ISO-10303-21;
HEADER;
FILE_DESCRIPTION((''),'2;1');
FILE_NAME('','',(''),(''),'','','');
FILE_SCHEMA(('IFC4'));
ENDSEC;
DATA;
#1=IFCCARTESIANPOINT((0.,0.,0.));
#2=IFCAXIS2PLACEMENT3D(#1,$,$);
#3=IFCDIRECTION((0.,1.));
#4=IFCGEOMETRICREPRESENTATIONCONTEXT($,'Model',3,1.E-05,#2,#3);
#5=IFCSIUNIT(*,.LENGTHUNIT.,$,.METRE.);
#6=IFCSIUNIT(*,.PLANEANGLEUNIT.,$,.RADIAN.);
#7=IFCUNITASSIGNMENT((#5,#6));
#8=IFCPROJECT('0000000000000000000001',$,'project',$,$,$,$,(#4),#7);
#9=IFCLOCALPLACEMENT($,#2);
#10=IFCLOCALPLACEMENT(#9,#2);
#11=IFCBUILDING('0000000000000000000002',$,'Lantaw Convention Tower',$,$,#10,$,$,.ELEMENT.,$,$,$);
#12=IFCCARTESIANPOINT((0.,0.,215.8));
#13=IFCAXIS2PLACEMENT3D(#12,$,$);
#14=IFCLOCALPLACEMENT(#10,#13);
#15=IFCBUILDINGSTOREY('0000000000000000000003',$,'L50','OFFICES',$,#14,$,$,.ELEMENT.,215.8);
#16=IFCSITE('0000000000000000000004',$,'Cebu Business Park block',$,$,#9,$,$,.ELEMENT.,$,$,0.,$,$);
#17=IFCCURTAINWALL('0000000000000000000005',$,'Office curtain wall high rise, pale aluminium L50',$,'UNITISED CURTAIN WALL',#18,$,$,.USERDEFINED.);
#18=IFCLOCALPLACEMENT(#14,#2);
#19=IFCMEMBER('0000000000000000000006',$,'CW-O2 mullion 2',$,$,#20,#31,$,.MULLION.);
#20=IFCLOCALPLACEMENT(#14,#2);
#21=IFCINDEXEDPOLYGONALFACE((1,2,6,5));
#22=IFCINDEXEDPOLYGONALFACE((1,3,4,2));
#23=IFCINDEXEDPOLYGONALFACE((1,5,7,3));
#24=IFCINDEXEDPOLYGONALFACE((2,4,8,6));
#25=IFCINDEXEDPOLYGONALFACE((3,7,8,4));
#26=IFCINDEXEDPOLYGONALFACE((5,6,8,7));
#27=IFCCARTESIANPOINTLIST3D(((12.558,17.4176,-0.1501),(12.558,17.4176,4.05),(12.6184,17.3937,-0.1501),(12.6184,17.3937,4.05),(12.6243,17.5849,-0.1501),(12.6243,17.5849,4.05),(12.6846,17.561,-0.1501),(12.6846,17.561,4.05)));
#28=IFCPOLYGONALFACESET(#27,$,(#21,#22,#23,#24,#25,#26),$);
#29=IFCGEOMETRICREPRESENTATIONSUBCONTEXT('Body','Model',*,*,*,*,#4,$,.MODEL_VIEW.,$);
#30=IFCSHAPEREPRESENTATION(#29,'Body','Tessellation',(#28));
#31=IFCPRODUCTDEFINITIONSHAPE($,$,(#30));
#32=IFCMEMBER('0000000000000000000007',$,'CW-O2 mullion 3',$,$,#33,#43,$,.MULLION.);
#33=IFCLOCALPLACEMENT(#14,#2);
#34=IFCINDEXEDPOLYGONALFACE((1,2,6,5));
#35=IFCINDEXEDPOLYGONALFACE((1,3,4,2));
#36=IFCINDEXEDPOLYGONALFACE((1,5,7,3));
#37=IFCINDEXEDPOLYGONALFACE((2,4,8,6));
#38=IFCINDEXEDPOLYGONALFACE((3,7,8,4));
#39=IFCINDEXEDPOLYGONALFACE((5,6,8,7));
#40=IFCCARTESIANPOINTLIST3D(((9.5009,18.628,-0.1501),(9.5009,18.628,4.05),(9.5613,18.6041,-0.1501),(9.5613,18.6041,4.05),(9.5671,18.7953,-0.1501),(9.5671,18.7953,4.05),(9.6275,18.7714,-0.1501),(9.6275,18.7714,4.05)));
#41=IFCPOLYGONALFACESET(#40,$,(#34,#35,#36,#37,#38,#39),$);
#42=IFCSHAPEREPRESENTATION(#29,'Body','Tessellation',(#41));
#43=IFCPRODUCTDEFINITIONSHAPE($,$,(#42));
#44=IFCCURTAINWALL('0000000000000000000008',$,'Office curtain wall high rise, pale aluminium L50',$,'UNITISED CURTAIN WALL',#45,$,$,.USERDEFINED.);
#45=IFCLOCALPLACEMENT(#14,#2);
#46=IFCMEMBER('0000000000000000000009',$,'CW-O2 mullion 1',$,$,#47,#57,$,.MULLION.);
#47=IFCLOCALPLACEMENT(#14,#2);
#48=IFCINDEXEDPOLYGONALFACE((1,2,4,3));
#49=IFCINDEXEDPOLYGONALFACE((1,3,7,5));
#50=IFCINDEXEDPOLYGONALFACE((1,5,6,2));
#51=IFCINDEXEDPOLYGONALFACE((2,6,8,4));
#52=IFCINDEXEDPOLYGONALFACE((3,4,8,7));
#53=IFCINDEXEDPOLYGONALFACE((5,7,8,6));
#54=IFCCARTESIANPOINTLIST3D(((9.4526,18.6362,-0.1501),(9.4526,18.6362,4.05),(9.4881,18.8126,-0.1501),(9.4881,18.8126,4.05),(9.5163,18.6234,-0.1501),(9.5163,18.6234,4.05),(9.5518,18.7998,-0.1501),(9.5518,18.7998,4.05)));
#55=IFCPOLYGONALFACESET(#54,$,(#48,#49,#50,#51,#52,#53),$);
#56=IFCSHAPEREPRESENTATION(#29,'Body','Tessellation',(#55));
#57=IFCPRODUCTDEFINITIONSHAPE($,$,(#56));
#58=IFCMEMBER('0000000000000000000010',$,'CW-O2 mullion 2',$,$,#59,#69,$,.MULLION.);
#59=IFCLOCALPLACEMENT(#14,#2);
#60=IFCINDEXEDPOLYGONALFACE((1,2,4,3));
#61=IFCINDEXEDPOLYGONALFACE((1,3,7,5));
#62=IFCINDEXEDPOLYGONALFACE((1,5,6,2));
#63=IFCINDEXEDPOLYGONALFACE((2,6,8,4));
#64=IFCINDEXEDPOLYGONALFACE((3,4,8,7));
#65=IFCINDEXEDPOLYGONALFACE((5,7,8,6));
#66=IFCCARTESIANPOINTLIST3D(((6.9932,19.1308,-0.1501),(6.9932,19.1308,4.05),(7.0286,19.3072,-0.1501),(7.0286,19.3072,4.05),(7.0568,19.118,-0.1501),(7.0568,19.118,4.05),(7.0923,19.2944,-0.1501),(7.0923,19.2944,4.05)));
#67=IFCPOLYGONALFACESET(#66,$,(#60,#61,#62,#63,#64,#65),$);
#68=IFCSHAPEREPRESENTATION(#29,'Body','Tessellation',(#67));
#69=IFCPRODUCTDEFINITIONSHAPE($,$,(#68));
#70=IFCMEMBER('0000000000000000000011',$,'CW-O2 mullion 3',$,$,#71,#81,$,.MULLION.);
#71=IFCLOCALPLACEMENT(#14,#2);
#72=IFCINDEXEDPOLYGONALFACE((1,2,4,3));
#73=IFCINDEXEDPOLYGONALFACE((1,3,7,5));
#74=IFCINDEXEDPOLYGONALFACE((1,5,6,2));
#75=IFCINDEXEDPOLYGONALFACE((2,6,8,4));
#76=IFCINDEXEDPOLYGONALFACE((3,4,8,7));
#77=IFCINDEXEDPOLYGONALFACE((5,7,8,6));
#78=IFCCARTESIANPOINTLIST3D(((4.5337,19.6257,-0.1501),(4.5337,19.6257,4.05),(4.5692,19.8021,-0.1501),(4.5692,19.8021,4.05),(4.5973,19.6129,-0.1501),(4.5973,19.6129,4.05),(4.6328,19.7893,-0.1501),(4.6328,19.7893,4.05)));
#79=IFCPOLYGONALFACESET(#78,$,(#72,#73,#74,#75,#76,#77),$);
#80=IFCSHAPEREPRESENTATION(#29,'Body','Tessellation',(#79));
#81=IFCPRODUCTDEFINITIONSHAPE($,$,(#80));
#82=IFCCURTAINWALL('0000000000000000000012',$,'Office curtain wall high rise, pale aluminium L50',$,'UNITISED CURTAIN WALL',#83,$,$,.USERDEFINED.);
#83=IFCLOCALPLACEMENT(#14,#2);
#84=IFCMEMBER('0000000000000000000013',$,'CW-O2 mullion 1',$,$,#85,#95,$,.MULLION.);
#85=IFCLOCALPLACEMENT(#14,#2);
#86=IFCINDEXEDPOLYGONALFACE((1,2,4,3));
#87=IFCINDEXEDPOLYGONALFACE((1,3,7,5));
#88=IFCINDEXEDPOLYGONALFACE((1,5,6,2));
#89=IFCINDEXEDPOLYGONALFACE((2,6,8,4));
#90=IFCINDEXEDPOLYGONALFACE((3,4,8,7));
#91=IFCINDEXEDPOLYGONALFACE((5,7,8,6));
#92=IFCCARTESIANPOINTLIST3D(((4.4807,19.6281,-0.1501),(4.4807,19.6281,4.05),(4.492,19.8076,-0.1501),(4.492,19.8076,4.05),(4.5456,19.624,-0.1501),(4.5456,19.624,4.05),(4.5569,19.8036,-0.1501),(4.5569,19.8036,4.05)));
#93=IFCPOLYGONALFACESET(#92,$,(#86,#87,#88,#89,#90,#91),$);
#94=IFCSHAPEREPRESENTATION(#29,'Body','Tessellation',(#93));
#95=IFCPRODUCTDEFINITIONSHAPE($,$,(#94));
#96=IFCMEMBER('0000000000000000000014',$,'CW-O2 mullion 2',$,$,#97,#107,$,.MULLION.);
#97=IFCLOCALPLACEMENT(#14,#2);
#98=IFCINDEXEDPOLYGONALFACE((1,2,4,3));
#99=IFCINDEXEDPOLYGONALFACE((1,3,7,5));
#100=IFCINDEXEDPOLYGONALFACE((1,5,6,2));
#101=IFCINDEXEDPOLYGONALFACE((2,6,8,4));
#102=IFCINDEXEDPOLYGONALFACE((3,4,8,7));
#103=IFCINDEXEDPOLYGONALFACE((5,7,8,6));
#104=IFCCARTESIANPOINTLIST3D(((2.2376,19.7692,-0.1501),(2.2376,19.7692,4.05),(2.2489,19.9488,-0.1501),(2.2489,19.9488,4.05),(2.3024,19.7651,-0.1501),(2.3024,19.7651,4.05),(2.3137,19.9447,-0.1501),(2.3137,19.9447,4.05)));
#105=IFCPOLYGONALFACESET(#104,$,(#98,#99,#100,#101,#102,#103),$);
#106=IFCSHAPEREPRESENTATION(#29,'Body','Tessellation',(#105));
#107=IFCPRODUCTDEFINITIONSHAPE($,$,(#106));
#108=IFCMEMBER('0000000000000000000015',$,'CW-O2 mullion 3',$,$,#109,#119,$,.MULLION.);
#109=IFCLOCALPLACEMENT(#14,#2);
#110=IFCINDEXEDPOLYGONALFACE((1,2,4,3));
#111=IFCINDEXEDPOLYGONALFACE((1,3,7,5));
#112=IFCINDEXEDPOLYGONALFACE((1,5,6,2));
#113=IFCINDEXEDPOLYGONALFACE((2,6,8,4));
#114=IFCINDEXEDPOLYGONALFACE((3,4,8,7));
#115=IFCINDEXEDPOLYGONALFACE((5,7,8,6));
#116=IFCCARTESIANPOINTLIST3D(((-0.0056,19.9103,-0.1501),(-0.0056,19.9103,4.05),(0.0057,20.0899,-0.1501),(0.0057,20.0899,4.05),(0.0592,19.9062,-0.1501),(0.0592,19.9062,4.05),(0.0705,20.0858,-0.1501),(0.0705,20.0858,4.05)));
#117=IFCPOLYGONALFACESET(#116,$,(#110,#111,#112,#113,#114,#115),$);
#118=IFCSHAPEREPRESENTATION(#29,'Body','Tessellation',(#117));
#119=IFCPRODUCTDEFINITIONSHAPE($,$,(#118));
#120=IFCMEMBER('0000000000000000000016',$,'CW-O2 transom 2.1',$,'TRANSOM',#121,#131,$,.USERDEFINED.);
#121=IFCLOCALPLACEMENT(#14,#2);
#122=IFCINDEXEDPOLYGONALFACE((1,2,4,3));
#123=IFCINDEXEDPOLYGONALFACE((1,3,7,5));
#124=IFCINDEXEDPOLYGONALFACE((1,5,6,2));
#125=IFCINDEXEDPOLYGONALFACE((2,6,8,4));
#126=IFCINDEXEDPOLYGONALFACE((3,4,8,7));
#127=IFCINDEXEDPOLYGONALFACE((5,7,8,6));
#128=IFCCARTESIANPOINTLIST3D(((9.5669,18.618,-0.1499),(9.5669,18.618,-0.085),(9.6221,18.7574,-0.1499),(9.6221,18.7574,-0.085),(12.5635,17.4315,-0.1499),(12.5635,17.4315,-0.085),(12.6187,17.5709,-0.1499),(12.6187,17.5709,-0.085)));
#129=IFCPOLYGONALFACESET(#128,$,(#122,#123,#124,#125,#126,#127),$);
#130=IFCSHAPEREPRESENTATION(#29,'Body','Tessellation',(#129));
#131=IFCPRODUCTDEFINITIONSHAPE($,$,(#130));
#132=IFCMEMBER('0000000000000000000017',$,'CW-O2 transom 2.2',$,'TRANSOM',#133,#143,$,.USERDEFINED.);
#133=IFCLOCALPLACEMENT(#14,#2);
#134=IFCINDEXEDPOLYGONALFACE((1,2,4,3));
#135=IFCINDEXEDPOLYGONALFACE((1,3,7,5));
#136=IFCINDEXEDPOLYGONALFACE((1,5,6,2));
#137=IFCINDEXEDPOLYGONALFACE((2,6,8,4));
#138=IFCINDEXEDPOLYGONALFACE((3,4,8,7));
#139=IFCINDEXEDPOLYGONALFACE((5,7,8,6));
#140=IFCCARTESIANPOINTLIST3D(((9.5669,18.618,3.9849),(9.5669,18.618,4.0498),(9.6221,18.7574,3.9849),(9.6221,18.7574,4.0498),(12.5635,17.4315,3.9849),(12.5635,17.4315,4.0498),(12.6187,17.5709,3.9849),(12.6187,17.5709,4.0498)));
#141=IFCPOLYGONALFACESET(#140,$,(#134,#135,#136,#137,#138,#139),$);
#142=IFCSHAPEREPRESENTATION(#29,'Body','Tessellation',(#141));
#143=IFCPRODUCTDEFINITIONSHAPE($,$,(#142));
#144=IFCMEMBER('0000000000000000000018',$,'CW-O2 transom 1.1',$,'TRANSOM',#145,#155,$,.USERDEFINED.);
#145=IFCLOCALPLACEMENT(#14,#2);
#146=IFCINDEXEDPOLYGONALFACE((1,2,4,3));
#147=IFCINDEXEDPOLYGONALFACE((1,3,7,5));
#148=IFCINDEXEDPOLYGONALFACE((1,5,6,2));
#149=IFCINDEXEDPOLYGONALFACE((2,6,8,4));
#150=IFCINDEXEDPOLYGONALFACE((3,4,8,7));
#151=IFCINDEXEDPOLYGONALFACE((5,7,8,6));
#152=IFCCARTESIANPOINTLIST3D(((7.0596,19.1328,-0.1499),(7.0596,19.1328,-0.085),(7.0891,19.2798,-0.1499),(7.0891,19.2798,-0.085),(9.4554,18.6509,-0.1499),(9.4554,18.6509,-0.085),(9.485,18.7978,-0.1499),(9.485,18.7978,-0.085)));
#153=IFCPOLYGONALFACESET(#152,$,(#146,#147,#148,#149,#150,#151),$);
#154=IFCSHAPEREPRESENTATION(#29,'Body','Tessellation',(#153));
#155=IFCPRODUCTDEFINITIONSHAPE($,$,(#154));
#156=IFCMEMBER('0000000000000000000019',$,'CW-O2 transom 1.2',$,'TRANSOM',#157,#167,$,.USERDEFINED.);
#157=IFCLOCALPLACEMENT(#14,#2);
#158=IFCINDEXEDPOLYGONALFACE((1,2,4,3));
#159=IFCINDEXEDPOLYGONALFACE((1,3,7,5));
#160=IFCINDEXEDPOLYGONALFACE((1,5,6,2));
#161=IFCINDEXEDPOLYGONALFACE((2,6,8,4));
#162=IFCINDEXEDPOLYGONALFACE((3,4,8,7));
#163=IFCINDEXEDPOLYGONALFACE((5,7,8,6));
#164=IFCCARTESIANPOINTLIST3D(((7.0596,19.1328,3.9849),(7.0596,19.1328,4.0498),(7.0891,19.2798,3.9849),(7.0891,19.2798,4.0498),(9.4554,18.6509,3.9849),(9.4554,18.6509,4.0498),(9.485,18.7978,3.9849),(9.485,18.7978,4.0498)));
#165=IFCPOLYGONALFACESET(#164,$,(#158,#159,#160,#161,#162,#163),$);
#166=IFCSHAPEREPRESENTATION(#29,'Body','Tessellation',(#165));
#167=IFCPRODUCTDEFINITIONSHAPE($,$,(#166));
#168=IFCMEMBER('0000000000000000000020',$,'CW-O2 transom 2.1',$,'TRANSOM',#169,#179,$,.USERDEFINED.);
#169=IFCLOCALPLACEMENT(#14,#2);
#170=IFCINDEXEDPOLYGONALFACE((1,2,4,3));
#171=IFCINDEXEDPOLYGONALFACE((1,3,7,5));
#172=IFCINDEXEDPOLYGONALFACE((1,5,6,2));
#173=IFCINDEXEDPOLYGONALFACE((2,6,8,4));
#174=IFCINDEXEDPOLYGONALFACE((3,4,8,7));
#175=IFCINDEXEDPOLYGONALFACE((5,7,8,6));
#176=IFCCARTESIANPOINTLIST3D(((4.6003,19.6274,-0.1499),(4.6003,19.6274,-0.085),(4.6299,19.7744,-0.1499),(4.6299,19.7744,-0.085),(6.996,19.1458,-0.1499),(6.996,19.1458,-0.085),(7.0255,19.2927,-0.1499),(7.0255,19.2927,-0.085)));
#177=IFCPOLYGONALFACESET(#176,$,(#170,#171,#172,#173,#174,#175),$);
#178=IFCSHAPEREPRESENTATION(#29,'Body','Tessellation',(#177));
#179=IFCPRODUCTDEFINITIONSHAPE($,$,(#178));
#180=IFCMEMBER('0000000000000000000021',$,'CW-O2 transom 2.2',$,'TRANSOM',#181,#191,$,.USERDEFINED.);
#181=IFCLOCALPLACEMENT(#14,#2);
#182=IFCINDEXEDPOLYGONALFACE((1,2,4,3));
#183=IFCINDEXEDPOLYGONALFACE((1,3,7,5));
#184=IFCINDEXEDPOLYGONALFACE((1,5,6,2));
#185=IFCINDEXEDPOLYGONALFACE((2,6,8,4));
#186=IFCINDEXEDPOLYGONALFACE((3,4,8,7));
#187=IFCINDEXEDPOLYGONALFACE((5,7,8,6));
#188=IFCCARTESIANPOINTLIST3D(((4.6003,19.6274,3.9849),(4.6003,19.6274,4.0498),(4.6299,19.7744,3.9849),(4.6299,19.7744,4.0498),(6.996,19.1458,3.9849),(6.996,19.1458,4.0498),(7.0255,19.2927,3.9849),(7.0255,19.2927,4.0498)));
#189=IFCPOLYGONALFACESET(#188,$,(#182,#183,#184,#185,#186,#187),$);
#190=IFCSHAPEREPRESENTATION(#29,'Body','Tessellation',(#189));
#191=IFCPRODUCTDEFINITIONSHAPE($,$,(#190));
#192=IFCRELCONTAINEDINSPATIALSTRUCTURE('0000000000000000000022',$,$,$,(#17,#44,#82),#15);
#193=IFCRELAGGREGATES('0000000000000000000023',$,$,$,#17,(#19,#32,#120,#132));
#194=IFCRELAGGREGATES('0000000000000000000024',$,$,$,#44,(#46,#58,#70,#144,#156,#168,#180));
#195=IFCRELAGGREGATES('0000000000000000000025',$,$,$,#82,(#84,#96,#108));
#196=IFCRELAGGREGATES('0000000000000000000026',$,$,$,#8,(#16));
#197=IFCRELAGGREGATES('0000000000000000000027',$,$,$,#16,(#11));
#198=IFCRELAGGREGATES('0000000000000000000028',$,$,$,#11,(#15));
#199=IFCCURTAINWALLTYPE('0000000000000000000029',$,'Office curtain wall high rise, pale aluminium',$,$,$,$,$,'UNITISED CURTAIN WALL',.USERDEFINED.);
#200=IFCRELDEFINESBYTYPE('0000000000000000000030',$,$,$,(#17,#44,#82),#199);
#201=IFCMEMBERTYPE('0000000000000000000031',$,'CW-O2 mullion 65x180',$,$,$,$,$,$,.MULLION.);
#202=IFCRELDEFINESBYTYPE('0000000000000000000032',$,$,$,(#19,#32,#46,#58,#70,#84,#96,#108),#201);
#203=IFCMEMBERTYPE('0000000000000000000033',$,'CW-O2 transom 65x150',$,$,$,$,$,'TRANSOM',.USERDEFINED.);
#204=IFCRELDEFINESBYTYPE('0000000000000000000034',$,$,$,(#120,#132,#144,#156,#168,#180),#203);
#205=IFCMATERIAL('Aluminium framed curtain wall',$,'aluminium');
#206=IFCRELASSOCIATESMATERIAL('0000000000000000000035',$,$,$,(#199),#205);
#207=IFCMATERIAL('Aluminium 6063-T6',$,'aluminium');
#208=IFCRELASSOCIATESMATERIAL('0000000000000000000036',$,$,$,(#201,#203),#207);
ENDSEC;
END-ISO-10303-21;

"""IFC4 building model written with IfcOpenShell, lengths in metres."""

from ifc_helpers import new_model, si_unit, direction, frame, origin, origin_2d, place, context, subcontext, project, spatial, rectangle, extrude, material, material_profile, profile_set, type_object, element, aggregate, save


model = new_model("IFC4")

# Units and contexts
model_context = context("Model", 3, precision=1e-05, world=origin(), true_north=direction((0.0, 1.0)))
body_context = subcontext(model_context, "Body", "Model", "MODEL_VIEW")
ifc_project = project(units=[si_unit("LENGTHUNIT", "METRE"), si_unit("PLANEANGLEUNIT", "RADIAN")], contexts=[model_context])

# Site, building, storey
site_placement = place(None, origin())
site = spatial("IfcSite", under=ifc_project, at=site_placement, Name="Cebu Business Park block", CompositionType="ELEMENT", RefElevation=0.0)
building_placement = place(site_placement, origin())
building = spatial("IfcBuilding", under=site, at=building_placement, Name="Lantaw Convention Tower", CompositionType="ELEMENT")
storey_placement = place(building_placement, frame((0.0, 0.0, 215.8)))
storey = spatial("IfcBuildingStorey", under=building, at=storey_placement, Name="L50", Description="OFFICES", CompositionType="ELEMENT", Elevation=215.8)

# Curtain walls, members
ifc_material_1 = material(Name="Aluminium framed curtain wall", Category="aluminium")
curtain_wall_type = type_object("IfcCurtainWallType", Name="Office curtain wall high rise, pale aluminium", ElementType="UNITISED CURTAIN WALL", PredefinedType="USERDEFINED", material=ifc_material_1)
curtain_wall_1_placement = place(storey_placement, origin())
curtain_wall_1 = element("IfcCurtainWall", 1, at=curtain_wall_1_placement, inside=storey, type_object=curtain_wall_type, Name="Office curtain wall high rise, pale aluminium L50", ObjectType="UNITISED CURTAIN WALL", PredefinedType="USERDEFINED")
ifc_material_2 = material(Name="Aluminium 6063-T6", Category="aluminium")
ifc_material_profile_1 = material_profile(ifc_material_2, rectangle(XDim=0.1799, YDim=0.0649, at=origin_2d()), Name="CW-O2 mullion 65x180")
ifc_profile_set_1 = profile_set([ifc_material_profile_1], Name="Aluminium 6063-T6")
member_type_1 = type_object("IfcMemberType", Name="CW-O2 mullion 65x180", PredefinedType="MULLION", material=ifc_profile_set_1)
member_1_placement = place(storey_placement, frame((12.6213, 17.4893, -0.1501), z_axis=(0.0, 0.0, 1.0), x_axis=(-0.368162, -0.929762, 0.0)))
member_1 = element("IfcMember", 2, at=member_1_placement, type_object=member_type_1, Name="CW-O2 mullion 2", PredefinedType="MULLION", context=body_context, shape_type="SweptSolid", body=[
    extrude(rectangle(XDim=0.1799, YDim=0.0649, at=origin_2d()), origin(), (0.0, 0.0, 1.0), 4.2002),
])
member_2_placement = place(storey_placement, frame((9.5642, 18.6997, -0.1501), z_axis=(0.0, 0.0, 1.0), x_axis=(-0.368162, -0.929762, 0.0)))
member_2 = element("IfcMember", 3, at=member_2_placement, type_object=member_type_1, Name="CW-O2 mullion 3", PredefinedType="MULLION", context=body_context, shape_type="SweptSolid", body=[
    extrude(rectangle(XDim=0.1799, YDim=0.0649, at=origin_2d()), origin(), (0.0, 0.0, 1.0), 4.2002),
])
curtain_wall_2_placement = place(storey_placement, origin())
curtain_wall_2 = element("IfcCurtainWall", 4, at=curtain_wall_2_placement, inside=storey, type_object=curtain_wall_type, Name="Office curtain wall high rise, pale aluminium L50", ObjectType="UNITISED CURTAIN WALL", PredefinedType="USERDEFINED")
member_3_placement = place(storey_placement, frame((9.5022, 18.718, -0.1501), z_axis=(0.0, 0.0, 1.0), x_axis=(-0.197183, -0.980367, 0.0)))
member_3 = element("IfcMember", 5, at=member_3_placement, type_object=member_type_1, Name="CW-O2 mullion 1", PredefinedType="MULLION", context=body_context, shape_type="SweptSolid", body=[
    extrude(rectangle(XDim=0.1799, YDim=0.0649, at=origin_2d()), origin(), (0.0, 0.0, 1.0), 4.2002),
])
member_4_placement = place(storey_placement, frame((7.0427, 19.2126, -0.1501), z_axis=(0.0, 0.0, 1.0), x_axis=(-0.197183, -0.980367, 0.0)))
member_4 = element("IfcMember", 6, at=member_4_placement, type_object=member_type_1, Name="CW-O2 mullion 2", PredefinedType="MULLION", context=body_context, shape_type="SweptSolid", body=[
    extrude(rectangle(XDim=0.1799, YDim=0.0649, at=origin_2d()), origin(), (0.0, 0.0, 1.0), 4.2002),
])
member_5_placement = place(storey_placement, frame((4.5833, 19.7075, -0.1501), z_axis=(0.0, 0.0, 1.0), x_axis=(-0.197183, -0.980367, 0.0)))
member_5 = element("IfcMember", 7, at=member_5_placement, type_object=member_type_1, Name="CW-O2 mullion 3", PredefinedType="MULLION", context=body_context, shape_type="SweptSolid", body=[
    extrude(rectangle(XDim=0.1799, YDim=0.0649, at=origin_2d()), origin(), (0.0, 0.0, 1.0), 4.2002),
])
curtain_wall_3_placement = place(storey_placement, origin())
curtain_wall_3 = element("IfcCurtainWall", 8, at=curtain_wall_3_placement, inside=storey, type_object=curtain_wall_type, Name="Office curtain wall high rise, pale aluminium L50", ObjectType="UNITISED CURTAIN WALL", PredefinedType="USERDEFINED")
member_6_placement = place(storey_placement, frame((4.5188, 19.7158, -0.1501), z_axis=(0.0, 0.0, 1.0), x_axis=(-0.062758, -0.998029, 0.0)))
member_6 = element("IfcMember", 9, at=member_6_placement, type_object=member_type_1, Name="CW-O2 mullion 1", PredefinedType="MULLION", context=body_context, shape_type="SweptSolid", body=[
    extrude(rectangle(XDim=0.1799, YDim=0.0649, at=origin_2d()), origin(), (0.0, 0.0, 1.0), 4.2002),
])
member_7_placement = place(storey_placement, frame((2.2756, 19.8569, -0.1501), z_axis=(0.0, 0.0, 1.0), x_axis=(-0.062758, -0.998029, 0.0)))
member_7 = element("IfcMember", 10, at=member_7_placement, type_object=member_type_1, Name="CW-O2 mullion 2", PredefinedType="MULLION", context=body_context, shape_type="SweptSolid", body=[
    extrude(rectangle(XDim=0.1799, YDim=0.0649, at=origin_2d()), origin(), (0.0, 0.0, 1.0), 4.2002),
])
member_8_placement = place(storey_placement, frame((0.0325, 19.998, -0.1501), z_axis=(0.0, 0.0, 1.0), x_axis=(-0.062758, -0.998029, 0.0)))
member_8 = element("IfcMember", 11, at=member_8_placement, type_object=member_type_1, Name="CW-O2 mullion 3", PredefinedType="MULLION", context=body_context, shape_type="SweptSolid", body=[
    extrude(rectangle(XDim=0.1799, YDim=0.0649, at=origin_2d()), origin(), (0.0, 0.0, 1.0), 4.2002),
])

# Members
ifc_material_profile_2 = material_profile(ifc_material_2, rectangle(XDim=0.1499, YDim=0.0649, at=origin_2d()), Name="CW-O2 transom 65x150")
ifc_profile_set_2 = profile_set([ifc_material_profile_2], Name="Aluminium 6063-T6")
member_type_2 = type_object("IfcMemberType", Name="CW-O2 transom 65x150", ElementType="TRANSOM", PredefinedType="USERDEFINED", material=ifc_profile_set_2)
member_9_placement = place(storey_placement, frame((12.5911, 17.5012, -0.1174), z_axis=(-0.929767, 0.368149, 0.0), x_axis=(-0.368149, -0.929767, 0.0)))
member_9 = element("IfcMember", 12, at=member_9_placement, type_object=member_type_2, Name="CW-O2 transom 2.1", ObjectType="TRANSOM", PredefinedType="USERDEFINED", context=body_context, shape_type="SweptSolid", body=[
    extrude(rectangle(XDim=0.1499, YDim=0.0649, at=origin_2d()), origin(), (0.0, 0.0, 1.0), 3.2229),
])
member_10_placement = place(storey_placement, frame((12.5911, 17.5012, 4.0173), z_axis=(-0.929767, 0.368149, 0.0), x_axis=(-0.368149, -0.929767, 0.0)))
member_10 = element("IfcMember", 13, at=member_10_placement, type_object=member_type_2, Name="CW-O2 transom 2.2", ObjectType="TRANSOM", PredefinedType="USERDEFINED", context=body_context, shape_type="SweptSolid", body=[
    extrude(rectangle(XDim=0.1499, YDim=0.0649, at=origin_2d()), origin(), (0.0, 0.0, 1.0), 3.2229),
])
member_11_placement = place(storey_placement, frame((9.4702, 18.7244, -0.1174), z_axis=(-0.980361, 0.197211, 0.0), x_axis=(-0.197211, -0.980361, 0.0)))
member_11 = element("IfcMember", 14, at=member_11_placement, type_object=member_type_2, Name="CW-O2 transom 1.1", ObjectType="TRANSOM", PredefinedType="USERDEFINED", context=body_context, shape_type="SweptSolid", body=[
    extrude(rectangle(XDim=0.1499, YDim=0.0649, at=origin_2d()), origin(), (0.0, 0.0, 1.0), 2.4438),
])
member_12_placement = place(storey_placement, frame((9.4702, 18.7244, 4.0173), z_axis=(-0.980361, 0.197211, 0.0), x_axis=(-0.197211, -0.980361, 0.0)))
member_12 = element("IfcMember", 15, at=member_12_placement, type_object=member_type_2, Name="CW-O2 transom 1.2", ObjectType="TRANSOM", PredefinedType="USERDEFINED", context=body_context, shape_type="SweptSolid", body=[
    extrude(rectangle(XDim=0.1499, YDim=0.0649, at=origin_2d()), origin(), (0.0, 0.0, 1.0), 2.4438),
])
member_13_placement = place(storey_placement, frame((7.0107, 19.2192, -0.1174), z_axis=(-0.98038, 0.197115, 0.0), x_axis=(-0.197115, -0.98038, 0.0)))
member_13 = element("IfcMember", 16, at=member_13_placement, type_object=member_type_2, Name="CW-O2 transom 2.1", ObjectType="TRANSOM", PredefinedType="USERDEFINED", context=body_context, shape_type="SweptSolid", body=[
    extrude(rectangle(XDim=0.1499, YDim=0.0649, at=origin_2d()), origin(), (0.0, 0.0, 1.0), 2.4436),
])
member_14_placement = place(storey_placement, frame((7.0107, 19.2192, 4.0173), z_axis=(-0.98038, 0.197115, 0.0), x_axis=(-0.197115, -0.98038, 0.0)))
member_14 = element("IfcMember", 17, at=member_14_placement, type_object=member_type_2, Name="CW-O2 transom 2.2", ObjectType="TRANSOM", PredefinedType="USERDEFINED", context=body_context, shape_type="SweptSolid", body=[
    extrude(rectangle(XDim=0.1499, YDim=0.0649, at=origin_2d()), origin(), (0.0, 0.0, 1.0), 2.4436),
])

aggregate(curtain_wall_1, [member_1, member_2, member_9, member_10])
aggregate(curtain_wall_2, [member_3, member_4, member_5, member_11, member_12, member_13, member_14])
aggregate(curtain_wall_3, [member_6, member_7, member_8])

save(model, "model.ifc")
